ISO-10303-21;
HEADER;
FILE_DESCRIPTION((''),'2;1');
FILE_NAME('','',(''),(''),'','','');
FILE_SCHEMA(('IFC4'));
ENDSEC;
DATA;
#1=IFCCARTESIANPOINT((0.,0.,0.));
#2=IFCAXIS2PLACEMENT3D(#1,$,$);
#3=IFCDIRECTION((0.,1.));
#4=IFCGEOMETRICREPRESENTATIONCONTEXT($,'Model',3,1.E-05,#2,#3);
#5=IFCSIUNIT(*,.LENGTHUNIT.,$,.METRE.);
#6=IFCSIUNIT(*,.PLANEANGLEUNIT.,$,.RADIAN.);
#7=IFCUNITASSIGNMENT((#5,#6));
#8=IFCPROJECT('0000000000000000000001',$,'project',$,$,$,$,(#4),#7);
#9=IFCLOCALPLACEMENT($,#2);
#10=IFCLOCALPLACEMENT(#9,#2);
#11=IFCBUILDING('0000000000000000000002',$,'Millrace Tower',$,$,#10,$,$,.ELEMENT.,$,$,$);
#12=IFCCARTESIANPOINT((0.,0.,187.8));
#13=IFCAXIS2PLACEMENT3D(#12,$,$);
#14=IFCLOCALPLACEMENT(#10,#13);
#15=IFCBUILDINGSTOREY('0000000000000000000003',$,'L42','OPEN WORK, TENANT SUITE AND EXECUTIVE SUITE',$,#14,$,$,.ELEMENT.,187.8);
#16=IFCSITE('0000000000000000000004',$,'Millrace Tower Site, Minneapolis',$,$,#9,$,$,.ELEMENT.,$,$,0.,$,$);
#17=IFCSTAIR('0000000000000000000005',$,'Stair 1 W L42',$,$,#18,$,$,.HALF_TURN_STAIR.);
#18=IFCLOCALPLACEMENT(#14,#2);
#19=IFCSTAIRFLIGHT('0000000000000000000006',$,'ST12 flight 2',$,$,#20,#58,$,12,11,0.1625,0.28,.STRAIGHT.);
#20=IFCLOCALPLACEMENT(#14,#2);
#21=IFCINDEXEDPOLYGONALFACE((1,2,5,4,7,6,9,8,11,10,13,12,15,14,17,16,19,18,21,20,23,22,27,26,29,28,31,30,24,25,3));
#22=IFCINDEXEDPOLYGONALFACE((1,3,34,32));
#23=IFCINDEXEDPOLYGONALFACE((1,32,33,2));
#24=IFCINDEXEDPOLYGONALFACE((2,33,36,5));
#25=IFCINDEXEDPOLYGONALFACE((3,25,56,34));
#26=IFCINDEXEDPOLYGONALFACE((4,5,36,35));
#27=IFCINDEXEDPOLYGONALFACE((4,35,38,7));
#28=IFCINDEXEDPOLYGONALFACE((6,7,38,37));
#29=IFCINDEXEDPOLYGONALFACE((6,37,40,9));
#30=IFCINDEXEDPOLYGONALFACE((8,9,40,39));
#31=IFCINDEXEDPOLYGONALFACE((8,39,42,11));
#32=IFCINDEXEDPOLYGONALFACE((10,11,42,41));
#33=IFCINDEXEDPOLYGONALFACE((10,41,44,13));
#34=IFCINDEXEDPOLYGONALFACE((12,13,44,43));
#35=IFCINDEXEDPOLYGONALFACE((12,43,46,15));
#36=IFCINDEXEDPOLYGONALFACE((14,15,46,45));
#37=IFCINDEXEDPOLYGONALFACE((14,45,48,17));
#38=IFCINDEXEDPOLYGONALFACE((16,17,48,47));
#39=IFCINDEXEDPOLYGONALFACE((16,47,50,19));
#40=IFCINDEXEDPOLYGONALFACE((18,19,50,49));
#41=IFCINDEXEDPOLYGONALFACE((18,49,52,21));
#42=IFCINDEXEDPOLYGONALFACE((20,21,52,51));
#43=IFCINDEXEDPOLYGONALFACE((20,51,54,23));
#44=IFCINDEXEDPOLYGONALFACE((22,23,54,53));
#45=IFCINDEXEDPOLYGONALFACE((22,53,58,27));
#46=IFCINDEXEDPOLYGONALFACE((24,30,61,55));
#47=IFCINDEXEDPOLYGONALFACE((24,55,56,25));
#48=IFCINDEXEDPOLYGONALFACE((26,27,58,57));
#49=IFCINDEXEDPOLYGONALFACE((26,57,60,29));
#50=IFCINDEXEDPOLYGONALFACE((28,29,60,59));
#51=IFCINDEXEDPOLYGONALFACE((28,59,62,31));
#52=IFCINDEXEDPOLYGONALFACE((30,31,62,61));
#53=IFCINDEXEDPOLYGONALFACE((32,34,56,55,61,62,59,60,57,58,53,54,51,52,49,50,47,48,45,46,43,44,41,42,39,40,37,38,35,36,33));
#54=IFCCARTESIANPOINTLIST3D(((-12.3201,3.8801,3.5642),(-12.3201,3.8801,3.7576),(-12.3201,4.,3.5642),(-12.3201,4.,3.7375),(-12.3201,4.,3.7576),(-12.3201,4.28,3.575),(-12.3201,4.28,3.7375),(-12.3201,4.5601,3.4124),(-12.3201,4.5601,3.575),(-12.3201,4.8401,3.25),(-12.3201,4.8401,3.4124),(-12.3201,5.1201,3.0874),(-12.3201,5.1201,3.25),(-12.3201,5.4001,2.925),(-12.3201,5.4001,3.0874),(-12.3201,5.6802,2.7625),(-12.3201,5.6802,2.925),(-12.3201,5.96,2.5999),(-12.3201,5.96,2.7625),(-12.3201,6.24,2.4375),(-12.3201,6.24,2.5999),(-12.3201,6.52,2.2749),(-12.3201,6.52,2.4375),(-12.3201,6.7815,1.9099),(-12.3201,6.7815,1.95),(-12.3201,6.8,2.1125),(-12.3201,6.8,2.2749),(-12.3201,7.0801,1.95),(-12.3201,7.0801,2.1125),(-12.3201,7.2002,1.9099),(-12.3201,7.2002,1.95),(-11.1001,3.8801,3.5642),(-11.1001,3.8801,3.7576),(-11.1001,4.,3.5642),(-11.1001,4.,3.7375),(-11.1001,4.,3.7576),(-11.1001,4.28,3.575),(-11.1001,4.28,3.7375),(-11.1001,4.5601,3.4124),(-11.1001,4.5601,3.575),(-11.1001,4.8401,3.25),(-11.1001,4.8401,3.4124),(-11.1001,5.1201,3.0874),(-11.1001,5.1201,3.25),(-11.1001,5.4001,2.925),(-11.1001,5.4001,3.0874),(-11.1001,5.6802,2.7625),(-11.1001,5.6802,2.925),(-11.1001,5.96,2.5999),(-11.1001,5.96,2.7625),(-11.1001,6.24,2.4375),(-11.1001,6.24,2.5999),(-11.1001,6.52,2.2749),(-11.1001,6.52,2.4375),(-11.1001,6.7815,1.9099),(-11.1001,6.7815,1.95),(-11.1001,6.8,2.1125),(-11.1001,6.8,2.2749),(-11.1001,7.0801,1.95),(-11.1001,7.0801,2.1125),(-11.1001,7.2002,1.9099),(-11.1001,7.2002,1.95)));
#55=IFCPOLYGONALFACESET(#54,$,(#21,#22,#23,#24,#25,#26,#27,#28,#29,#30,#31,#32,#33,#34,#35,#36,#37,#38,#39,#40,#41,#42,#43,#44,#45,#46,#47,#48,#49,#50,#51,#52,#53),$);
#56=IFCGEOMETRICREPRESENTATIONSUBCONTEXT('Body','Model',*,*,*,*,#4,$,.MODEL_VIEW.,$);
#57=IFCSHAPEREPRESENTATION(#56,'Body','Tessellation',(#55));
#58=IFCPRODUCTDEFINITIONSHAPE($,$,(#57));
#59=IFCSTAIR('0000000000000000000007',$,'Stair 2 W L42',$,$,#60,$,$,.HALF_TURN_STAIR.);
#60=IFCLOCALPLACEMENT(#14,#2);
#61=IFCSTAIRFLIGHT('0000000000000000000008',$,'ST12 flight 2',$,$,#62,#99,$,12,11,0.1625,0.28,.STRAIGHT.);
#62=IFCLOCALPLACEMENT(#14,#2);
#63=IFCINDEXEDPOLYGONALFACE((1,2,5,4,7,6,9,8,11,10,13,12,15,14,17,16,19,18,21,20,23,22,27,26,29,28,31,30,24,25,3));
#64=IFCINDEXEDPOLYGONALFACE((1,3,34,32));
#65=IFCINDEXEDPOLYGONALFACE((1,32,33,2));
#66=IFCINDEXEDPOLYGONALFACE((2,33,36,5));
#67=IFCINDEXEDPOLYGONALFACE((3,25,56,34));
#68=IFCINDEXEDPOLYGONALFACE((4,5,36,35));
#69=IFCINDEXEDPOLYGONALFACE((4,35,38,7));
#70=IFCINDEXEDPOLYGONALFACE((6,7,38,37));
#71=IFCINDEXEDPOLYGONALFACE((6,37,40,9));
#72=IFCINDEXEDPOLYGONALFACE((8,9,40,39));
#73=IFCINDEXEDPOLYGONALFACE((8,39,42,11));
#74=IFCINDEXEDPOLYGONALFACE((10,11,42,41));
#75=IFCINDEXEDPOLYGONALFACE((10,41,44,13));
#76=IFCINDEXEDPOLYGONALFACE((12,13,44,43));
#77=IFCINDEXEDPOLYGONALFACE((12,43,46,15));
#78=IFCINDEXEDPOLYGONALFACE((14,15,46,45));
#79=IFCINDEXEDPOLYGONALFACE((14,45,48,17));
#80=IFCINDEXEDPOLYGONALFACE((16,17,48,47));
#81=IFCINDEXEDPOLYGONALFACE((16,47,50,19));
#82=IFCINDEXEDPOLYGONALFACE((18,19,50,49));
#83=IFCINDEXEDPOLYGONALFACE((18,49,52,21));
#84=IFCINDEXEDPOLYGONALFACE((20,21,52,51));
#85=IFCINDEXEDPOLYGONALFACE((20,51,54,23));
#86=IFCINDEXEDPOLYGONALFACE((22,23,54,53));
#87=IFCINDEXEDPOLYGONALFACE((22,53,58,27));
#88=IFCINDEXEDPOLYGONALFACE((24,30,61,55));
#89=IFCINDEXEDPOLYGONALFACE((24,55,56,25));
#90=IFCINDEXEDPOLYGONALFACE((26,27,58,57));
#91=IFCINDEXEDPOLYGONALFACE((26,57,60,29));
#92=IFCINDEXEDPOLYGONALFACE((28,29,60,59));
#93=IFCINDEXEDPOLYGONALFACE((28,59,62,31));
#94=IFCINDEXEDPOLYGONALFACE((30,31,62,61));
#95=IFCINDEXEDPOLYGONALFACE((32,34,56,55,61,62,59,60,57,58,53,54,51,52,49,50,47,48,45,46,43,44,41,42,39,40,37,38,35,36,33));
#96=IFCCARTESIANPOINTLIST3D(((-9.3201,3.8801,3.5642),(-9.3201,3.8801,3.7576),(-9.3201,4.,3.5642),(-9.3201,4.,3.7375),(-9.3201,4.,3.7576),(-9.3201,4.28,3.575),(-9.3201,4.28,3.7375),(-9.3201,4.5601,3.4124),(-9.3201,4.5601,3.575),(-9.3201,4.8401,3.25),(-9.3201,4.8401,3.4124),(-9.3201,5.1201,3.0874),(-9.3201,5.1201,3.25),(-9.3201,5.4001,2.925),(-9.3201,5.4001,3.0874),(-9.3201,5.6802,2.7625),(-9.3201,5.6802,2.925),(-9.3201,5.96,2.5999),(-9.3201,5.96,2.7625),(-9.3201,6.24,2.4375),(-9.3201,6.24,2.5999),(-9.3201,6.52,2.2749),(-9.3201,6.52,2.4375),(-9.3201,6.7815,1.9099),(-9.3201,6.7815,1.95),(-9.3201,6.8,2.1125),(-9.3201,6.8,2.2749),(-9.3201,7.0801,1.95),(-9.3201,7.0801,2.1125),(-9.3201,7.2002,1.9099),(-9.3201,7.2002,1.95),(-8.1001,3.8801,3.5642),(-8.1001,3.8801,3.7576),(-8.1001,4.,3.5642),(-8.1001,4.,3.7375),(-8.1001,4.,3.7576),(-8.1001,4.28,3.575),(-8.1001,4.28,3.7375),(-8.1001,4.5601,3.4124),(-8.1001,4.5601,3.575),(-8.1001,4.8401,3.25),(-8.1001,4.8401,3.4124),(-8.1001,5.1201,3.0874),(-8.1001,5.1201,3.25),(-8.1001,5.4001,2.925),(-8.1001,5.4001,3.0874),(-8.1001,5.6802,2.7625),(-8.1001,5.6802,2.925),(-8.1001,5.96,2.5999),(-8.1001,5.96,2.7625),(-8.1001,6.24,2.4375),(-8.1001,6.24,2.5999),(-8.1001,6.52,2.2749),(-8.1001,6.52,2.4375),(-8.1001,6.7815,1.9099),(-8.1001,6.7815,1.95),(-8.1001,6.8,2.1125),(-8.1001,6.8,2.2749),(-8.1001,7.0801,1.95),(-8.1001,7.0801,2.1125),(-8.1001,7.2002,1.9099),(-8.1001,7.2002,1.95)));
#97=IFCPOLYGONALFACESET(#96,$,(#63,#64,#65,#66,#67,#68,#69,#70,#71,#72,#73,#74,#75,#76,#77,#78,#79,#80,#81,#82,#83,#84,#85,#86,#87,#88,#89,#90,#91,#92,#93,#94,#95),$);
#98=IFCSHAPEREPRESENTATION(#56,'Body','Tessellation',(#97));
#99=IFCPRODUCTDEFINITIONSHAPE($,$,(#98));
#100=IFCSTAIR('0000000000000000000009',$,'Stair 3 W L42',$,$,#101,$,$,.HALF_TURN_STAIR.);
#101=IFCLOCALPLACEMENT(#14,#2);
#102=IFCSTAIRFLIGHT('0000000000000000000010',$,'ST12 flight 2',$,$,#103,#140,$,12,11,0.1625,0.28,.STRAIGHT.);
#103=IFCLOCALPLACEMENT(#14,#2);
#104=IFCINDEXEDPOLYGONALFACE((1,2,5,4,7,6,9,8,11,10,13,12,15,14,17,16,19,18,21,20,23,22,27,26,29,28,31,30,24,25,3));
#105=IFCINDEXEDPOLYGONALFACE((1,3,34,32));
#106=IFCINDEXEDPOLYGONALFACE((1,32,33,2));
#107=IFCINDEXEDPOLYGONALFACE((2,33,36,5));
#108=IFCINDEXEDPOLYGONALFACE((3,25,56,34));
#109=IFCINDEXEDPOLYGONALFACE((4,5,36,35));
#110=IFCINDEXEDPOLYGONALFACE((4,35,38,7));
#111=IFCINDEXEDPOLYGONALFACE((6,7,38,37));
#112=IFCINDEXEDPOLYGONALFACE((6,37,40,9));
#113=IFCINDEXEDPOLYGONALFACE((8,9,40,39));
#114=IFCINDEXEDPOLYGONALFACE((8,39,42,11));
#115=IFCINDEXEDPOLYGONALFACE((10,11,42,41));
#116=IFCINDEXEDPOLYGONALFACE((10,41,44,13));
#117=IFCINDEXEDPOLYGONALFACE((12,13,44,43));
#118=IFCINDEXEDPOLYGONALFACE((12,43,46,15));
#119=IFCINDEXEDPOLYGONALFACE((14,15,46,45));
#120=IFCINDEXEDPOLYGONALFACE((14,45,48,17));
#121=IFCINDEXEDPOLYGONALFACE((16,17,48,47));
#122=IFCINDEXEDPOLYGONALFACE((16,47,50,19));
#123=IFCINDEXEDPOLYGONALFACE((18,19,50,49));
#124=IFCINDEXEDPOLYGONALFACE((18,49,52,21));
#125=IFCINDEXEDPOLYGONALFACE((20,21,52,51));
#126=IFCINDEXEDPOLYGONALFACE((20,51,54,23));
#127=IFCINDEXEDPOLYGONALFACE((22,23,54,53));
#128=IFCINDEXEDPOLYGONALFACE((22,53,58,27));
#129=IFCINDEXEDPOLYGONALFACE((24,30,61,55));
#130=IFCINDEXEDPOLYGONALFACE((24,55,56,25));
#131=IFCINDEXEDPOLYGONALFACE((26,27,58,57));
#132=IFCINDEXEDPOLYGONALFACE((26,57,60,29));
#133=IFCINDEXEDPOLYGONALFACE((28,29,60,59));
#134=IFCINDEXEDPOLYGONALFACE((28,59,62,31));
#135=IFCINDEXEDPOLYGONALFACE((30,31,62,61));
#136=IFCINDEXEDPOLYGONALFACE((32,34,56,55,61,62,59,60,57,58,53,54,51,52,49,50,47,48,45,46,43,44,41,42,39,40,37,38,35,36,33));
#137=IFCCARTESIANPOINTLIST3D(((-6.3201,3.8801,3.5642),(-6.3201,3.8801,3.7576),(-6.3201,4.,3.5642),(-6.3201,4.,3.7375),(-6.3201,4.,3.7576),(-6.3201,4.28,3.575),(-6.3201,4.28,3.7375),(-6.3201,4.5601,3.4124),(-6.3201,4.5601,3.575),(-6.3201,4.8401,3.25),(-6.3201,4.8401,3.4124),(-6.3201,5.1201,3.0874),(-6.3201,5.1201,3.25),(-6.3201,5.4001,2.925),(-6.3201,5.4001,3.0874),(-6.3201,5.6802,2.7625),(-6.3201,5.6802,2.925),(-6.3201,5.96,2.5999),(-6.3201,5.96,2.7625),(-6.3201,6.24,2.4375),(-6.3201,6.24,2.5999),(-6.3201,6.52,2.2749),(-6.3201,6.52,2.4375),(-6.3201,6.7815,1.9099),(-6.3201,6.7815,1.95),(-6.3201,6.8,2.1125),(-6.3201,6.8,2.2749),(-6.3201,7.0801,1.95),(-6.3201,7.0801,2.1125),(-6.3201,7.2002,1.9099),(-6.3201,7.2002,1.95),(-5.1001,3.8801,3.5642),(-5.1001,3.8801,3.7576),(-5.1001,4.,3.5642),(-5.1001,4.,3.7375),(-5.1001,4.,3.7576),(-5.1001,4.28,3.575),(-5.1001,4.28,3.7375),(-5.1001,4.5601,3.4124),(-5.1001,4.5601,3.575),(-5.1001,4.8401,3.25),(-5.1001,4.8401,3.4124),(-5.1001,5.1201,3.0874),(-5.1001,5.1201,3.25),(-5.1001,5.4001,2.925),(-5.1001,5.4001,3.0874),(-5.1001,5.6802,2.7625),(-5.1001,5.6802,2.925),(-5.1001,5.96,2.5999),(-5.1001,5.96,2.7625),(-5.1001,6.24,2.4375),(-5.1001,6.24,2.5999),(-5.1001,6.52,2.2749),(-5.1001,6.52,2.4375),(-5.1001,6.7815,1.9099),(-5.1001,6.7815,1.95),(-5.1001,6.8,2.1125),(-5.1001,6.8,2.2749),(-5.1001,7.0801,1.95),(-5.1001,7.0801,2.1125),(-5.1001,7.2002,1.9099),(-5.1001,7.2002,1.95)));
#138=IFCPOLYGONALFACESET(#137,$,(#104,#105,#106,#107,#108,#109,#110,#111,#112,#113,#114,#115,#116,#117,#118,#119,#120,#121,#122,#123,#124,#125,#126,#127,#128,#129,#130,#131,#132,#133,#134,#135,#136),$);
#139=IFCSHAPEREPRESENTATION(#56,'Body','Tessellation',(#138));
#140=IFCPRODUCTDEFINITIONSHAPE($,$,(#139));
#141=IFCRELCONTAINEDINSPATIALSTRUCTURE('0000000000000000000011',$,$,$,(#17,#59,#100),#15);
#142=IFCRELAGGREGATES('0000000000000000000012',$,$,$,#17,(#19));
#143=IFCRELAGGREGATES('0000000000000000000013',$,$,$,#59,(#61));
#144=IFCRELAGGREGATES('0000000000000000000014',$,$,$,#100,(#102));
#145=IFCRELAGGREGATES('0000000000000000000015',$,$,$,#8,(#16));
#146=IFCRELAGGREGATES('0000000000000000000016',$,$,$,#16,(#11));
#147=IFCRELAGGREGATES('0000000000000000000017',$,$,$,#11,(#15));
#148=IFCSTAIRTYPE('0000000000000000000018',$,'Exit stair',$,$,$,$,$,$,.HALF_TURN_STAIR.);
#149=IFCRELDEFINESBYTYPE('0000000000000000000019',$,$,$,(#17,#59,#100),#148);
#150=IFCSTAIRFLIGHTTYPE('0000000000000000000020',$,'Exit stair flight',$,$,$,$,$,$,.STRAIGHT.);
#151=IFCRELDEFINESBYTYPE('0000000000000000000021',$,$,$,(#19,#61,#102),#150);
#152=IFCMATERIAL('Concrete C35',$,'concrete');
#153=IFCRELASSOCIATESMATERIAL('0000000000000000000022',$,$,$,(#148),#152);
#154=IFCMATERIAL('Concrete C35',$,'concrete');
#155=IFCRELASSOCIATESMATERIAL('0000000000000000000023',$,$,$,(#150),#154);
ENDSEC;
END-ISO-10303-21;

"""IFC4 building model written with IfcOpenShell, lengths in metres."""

from ifc_helpers import new_model, si_unit, direction, frame, origin, place, context, subcontext, project, spatial, polyline, outline, extrude, material, type_object, element, aggregate, save


model = new_model("IFC4")

# Units and contexts
model_context = context("Model", 3, precision=1e-05, world=origin(), true_north=direction((0.0, 1.0)))
body_context = subcontext(model_context, "Body", "Model", "MODEL_VIEW")
ifc_project = project(units=[si_unit("LENGTHUNIT", "METRE"), si_unit("PLANEANGLEUNIT", "RADIAN")], contexts=[model_context])

# Site, building, storey
site_placement = place(None, origin())
site = spatial("IfcSite", under=ifc_project, at=site_placement, Name="Millrace Tower Site, Minneapolis", CompositionType="ELEMENT", RefElevation=0.0)
building_placement = place(site_placement, origin())
building = spatial("IfcBuilding", under=site, at=building_placement, Name="Millrace Tower", CompositionType="ELEMENT")
storey_placement = place(building_placement, frame((0.0, 0.0, 187.8)))
storey = spatial("IfcBuildingStorey", under=building, at=storey_placement, Name="L42", Description="OPEN WORK, TENANT SUITE AND EXECUTIVE SUITE", CompositionType="ELEMENT", Elevation=187.8)

# Shared definitions
placement = place(storey_placement, origin())

# Stairs, stair flights
ifc_material_1 = material(Name="Concrete C35", Category="concrete")
stair_type = type_object("IfcStairType", Name="Exit stair", PredefinedType="HALF_TURN_STAIR", material=ifc_material_1)
stair_1 = element("IfcStair", 1, at=placement, inside=storey, type_object=stair_type, Name="Stair 1 W L42", PredefinedType="HALF_TURN_STAIR")
ifc_material_2 = material(Name="Concrete C35", Category="concrete")
stair_flight_type = type_object("IfcStairFlightType", Name="Exit stair flight", PredefinedType="STRAIGHT", material=ifc_material_2)
stair_flight_1_placement = place(storey_placement, frame((-11.71, 7.0801, 1.95), z_axis=(0.0, 0.0, 1.0), x_axis=(0.0, -1.0, 0.0)))
stair_flight_1 = element("IfcStairFlight", 2, at=stair_flight_1_placement, type_object=stair_flight_type, Name="ST12 flight 2", NumberOfRisers=12, NumberOfTreads=11, PredefinedType="STRAIGHT", RiserHeight=0.1625, TreadLength=0.28, context=body_context, shape_type="SweptSolid", body=[
    extrude(outline(polyline([(-0.1201, -0.04), (-0.1201, 0.0), (0.0, 0.0), (0.0, 0.1626), (0.28, 0.1626), (0.28, 0.325), (0.5601, 0.325), (0.5601, 0.4875), (0.8401, 0.4875), (0.8401, 0.6499), (1.1201, 0.6499), (1.1201, 0.8125), (1.3999, 0.8125), (1.3999, 0.9751), (1.6799, 0.9751), (1.6799, 1.1375), (1.96, 1.1375), (1.96, 1.3), (2.24, 1.3), (2.24, 1.4624), (2.52, 1.4624), (2.52, 1.625), (2.8, 1.625), (2.8, 1.7876), (3.0801, 1.7876), (3.0801, 1.8076), (3.2, 1.8076), (3.2, 1.6143), (3.0801, 1.6143), (0.2986, 0.0), (0.2986, -0.04), (-0.1201, -0.04)])), frame((0.0, 0.6099, 0.0), z_axis=(0.0, -1.0, 0.0), x_axis=(1.0, 0.0, 0.0)), (0.0, 0.0, 1.0), 1.22),
])
aggregate(stair_1, [stair_flight_1])
stair_2 = element("IfcStair", 3, at=placement, inside=storey, type_object=stair_type, Name="Stair 2 W L42", PredefinedType="HALF_TURN_STAIR")
stair_flight_2_placement = place(storey_placement, frame((-8.71, 7.0801, 1.95), z_axis=(0.0, 0.0, 1.0), x_axis=(0.0, -1.0, 0.0)))
stair_flight_2 = element("IfcStairFlight", 4, at=stair_flight_2_placement, type_object=stair_flight_type, Name="ST12 flight 2", NumberOfRisers=12, NumberOfTreads=11, PredefinedType="STRAIGHT", RiserHeight=0.1625, TreadLength=0.28, context=body_context, shape_type="SweptSolid", body=[
    extrude(outline(polyline([(-0.1201, -0.04), (-0.1201, 0.0), (0.0, 0.0), (0.0, 0.1626), (0.28, 0.1626), (0.28, 0.325), (0.5601, 0.325), (0.5601, 0.4875), (0.8401, 0.4875), (0.8401, 0.6499), (1.1201, 0.6499), (1.1201, 0.8125), (1.3999, 0.8125), (1.3999, 0.9751), (1.6799, 0.9751), (1.6799, 1.1375), (1.96, 1.1375), (1.96, 1.3), (2.24, 1.3), (2.24, 1.4624), (2.52, 1.4624), (2.52, 1.625), (2.8, 1.625), (2.8, 1.7876), (3.0801, 1.7876), (3.0801, 1.8076), (3.2, 1.8076), (3.2, 1.6143), (3.0801, 1.6143), (0.2986, 0.0), (0.2986, -0.04), (-0.1201, -0.04)])), frame((0.0, 0.6099, 0.0), z_axis=(0.0, -1.0, 0.0), x_axis=(1.0, 0.0, 0.0)), (0.0, 0.0, 1.0), 1.22),
])
aggregate(stair_2, [stair_flight_2])
stair_3 = element("IfcStair", 5, at=placement, inside=storey, type_object=stair_type, Name="Stair 3 W L42", PredefinedType="HALF_TURN_STAIR")
stair_flight_3_placement = place(storey_placement, frame((-5.71, 7.0801, 1.95), z_axis=(0.0, 0.0, 1.0), x_axis=(0.0, -1.0, 0.0)))
stair_flight_3 = element("IfcStairFlight", 6, at=stair_flight_3_placement, type_object=stair_flight_type, Name="ST12 flight 2", NumberOfRisers=12, NumberOfTreads=11, PredefinedType="STRAIGHT", RiserHeight=0.1625, TreadLength=0.28, context=body_context, shape_type="SweptSolid", body=[
    extrude(outline(polyline([(-0.1201, -0.04), (-0.1201, 0.0), (0.0, 0.0), (0.0, 0.1626), (0.28, 0.1626), (0.28, 0.325), (0.5601, 0.325), (0.5601, 0.4875), (0.8401, 0.4875), (0.8401, 0.6499), (1.1201, 0.6499), (1.1201, 0.8125), (1.3999, 0.8125), (1.3999, 0.9751), (1.6799, 0.9751), (1.6799, 1.1375), (1.96, 1.1375), (1.96, 1.3), (2.24, 1.3), (2.24, 1.4624), (2.52, 1.4624), (2.52, 1.625), (2.8, 1.625), (2.8, 1.7876), (3.0801, 1.7876), (3.0801, 1.8076), (3.2, 1.8076), (3.2, 1.6143), (3.0801, 1.6143), (0.2986, 0.0), (0.2986, -0.04), (-0.1201, -0.04)])), frame((0.0, 0.6099, 0.0), z_axis=(0.0, -1.0, 0.0), x_axis=(1.0, 0.0, 0.0)), (0.0, 0.0, 1.0), 1.22),
])
aggregate(stair_3, [stair_flight_3])

save(model, "model.ifc")
